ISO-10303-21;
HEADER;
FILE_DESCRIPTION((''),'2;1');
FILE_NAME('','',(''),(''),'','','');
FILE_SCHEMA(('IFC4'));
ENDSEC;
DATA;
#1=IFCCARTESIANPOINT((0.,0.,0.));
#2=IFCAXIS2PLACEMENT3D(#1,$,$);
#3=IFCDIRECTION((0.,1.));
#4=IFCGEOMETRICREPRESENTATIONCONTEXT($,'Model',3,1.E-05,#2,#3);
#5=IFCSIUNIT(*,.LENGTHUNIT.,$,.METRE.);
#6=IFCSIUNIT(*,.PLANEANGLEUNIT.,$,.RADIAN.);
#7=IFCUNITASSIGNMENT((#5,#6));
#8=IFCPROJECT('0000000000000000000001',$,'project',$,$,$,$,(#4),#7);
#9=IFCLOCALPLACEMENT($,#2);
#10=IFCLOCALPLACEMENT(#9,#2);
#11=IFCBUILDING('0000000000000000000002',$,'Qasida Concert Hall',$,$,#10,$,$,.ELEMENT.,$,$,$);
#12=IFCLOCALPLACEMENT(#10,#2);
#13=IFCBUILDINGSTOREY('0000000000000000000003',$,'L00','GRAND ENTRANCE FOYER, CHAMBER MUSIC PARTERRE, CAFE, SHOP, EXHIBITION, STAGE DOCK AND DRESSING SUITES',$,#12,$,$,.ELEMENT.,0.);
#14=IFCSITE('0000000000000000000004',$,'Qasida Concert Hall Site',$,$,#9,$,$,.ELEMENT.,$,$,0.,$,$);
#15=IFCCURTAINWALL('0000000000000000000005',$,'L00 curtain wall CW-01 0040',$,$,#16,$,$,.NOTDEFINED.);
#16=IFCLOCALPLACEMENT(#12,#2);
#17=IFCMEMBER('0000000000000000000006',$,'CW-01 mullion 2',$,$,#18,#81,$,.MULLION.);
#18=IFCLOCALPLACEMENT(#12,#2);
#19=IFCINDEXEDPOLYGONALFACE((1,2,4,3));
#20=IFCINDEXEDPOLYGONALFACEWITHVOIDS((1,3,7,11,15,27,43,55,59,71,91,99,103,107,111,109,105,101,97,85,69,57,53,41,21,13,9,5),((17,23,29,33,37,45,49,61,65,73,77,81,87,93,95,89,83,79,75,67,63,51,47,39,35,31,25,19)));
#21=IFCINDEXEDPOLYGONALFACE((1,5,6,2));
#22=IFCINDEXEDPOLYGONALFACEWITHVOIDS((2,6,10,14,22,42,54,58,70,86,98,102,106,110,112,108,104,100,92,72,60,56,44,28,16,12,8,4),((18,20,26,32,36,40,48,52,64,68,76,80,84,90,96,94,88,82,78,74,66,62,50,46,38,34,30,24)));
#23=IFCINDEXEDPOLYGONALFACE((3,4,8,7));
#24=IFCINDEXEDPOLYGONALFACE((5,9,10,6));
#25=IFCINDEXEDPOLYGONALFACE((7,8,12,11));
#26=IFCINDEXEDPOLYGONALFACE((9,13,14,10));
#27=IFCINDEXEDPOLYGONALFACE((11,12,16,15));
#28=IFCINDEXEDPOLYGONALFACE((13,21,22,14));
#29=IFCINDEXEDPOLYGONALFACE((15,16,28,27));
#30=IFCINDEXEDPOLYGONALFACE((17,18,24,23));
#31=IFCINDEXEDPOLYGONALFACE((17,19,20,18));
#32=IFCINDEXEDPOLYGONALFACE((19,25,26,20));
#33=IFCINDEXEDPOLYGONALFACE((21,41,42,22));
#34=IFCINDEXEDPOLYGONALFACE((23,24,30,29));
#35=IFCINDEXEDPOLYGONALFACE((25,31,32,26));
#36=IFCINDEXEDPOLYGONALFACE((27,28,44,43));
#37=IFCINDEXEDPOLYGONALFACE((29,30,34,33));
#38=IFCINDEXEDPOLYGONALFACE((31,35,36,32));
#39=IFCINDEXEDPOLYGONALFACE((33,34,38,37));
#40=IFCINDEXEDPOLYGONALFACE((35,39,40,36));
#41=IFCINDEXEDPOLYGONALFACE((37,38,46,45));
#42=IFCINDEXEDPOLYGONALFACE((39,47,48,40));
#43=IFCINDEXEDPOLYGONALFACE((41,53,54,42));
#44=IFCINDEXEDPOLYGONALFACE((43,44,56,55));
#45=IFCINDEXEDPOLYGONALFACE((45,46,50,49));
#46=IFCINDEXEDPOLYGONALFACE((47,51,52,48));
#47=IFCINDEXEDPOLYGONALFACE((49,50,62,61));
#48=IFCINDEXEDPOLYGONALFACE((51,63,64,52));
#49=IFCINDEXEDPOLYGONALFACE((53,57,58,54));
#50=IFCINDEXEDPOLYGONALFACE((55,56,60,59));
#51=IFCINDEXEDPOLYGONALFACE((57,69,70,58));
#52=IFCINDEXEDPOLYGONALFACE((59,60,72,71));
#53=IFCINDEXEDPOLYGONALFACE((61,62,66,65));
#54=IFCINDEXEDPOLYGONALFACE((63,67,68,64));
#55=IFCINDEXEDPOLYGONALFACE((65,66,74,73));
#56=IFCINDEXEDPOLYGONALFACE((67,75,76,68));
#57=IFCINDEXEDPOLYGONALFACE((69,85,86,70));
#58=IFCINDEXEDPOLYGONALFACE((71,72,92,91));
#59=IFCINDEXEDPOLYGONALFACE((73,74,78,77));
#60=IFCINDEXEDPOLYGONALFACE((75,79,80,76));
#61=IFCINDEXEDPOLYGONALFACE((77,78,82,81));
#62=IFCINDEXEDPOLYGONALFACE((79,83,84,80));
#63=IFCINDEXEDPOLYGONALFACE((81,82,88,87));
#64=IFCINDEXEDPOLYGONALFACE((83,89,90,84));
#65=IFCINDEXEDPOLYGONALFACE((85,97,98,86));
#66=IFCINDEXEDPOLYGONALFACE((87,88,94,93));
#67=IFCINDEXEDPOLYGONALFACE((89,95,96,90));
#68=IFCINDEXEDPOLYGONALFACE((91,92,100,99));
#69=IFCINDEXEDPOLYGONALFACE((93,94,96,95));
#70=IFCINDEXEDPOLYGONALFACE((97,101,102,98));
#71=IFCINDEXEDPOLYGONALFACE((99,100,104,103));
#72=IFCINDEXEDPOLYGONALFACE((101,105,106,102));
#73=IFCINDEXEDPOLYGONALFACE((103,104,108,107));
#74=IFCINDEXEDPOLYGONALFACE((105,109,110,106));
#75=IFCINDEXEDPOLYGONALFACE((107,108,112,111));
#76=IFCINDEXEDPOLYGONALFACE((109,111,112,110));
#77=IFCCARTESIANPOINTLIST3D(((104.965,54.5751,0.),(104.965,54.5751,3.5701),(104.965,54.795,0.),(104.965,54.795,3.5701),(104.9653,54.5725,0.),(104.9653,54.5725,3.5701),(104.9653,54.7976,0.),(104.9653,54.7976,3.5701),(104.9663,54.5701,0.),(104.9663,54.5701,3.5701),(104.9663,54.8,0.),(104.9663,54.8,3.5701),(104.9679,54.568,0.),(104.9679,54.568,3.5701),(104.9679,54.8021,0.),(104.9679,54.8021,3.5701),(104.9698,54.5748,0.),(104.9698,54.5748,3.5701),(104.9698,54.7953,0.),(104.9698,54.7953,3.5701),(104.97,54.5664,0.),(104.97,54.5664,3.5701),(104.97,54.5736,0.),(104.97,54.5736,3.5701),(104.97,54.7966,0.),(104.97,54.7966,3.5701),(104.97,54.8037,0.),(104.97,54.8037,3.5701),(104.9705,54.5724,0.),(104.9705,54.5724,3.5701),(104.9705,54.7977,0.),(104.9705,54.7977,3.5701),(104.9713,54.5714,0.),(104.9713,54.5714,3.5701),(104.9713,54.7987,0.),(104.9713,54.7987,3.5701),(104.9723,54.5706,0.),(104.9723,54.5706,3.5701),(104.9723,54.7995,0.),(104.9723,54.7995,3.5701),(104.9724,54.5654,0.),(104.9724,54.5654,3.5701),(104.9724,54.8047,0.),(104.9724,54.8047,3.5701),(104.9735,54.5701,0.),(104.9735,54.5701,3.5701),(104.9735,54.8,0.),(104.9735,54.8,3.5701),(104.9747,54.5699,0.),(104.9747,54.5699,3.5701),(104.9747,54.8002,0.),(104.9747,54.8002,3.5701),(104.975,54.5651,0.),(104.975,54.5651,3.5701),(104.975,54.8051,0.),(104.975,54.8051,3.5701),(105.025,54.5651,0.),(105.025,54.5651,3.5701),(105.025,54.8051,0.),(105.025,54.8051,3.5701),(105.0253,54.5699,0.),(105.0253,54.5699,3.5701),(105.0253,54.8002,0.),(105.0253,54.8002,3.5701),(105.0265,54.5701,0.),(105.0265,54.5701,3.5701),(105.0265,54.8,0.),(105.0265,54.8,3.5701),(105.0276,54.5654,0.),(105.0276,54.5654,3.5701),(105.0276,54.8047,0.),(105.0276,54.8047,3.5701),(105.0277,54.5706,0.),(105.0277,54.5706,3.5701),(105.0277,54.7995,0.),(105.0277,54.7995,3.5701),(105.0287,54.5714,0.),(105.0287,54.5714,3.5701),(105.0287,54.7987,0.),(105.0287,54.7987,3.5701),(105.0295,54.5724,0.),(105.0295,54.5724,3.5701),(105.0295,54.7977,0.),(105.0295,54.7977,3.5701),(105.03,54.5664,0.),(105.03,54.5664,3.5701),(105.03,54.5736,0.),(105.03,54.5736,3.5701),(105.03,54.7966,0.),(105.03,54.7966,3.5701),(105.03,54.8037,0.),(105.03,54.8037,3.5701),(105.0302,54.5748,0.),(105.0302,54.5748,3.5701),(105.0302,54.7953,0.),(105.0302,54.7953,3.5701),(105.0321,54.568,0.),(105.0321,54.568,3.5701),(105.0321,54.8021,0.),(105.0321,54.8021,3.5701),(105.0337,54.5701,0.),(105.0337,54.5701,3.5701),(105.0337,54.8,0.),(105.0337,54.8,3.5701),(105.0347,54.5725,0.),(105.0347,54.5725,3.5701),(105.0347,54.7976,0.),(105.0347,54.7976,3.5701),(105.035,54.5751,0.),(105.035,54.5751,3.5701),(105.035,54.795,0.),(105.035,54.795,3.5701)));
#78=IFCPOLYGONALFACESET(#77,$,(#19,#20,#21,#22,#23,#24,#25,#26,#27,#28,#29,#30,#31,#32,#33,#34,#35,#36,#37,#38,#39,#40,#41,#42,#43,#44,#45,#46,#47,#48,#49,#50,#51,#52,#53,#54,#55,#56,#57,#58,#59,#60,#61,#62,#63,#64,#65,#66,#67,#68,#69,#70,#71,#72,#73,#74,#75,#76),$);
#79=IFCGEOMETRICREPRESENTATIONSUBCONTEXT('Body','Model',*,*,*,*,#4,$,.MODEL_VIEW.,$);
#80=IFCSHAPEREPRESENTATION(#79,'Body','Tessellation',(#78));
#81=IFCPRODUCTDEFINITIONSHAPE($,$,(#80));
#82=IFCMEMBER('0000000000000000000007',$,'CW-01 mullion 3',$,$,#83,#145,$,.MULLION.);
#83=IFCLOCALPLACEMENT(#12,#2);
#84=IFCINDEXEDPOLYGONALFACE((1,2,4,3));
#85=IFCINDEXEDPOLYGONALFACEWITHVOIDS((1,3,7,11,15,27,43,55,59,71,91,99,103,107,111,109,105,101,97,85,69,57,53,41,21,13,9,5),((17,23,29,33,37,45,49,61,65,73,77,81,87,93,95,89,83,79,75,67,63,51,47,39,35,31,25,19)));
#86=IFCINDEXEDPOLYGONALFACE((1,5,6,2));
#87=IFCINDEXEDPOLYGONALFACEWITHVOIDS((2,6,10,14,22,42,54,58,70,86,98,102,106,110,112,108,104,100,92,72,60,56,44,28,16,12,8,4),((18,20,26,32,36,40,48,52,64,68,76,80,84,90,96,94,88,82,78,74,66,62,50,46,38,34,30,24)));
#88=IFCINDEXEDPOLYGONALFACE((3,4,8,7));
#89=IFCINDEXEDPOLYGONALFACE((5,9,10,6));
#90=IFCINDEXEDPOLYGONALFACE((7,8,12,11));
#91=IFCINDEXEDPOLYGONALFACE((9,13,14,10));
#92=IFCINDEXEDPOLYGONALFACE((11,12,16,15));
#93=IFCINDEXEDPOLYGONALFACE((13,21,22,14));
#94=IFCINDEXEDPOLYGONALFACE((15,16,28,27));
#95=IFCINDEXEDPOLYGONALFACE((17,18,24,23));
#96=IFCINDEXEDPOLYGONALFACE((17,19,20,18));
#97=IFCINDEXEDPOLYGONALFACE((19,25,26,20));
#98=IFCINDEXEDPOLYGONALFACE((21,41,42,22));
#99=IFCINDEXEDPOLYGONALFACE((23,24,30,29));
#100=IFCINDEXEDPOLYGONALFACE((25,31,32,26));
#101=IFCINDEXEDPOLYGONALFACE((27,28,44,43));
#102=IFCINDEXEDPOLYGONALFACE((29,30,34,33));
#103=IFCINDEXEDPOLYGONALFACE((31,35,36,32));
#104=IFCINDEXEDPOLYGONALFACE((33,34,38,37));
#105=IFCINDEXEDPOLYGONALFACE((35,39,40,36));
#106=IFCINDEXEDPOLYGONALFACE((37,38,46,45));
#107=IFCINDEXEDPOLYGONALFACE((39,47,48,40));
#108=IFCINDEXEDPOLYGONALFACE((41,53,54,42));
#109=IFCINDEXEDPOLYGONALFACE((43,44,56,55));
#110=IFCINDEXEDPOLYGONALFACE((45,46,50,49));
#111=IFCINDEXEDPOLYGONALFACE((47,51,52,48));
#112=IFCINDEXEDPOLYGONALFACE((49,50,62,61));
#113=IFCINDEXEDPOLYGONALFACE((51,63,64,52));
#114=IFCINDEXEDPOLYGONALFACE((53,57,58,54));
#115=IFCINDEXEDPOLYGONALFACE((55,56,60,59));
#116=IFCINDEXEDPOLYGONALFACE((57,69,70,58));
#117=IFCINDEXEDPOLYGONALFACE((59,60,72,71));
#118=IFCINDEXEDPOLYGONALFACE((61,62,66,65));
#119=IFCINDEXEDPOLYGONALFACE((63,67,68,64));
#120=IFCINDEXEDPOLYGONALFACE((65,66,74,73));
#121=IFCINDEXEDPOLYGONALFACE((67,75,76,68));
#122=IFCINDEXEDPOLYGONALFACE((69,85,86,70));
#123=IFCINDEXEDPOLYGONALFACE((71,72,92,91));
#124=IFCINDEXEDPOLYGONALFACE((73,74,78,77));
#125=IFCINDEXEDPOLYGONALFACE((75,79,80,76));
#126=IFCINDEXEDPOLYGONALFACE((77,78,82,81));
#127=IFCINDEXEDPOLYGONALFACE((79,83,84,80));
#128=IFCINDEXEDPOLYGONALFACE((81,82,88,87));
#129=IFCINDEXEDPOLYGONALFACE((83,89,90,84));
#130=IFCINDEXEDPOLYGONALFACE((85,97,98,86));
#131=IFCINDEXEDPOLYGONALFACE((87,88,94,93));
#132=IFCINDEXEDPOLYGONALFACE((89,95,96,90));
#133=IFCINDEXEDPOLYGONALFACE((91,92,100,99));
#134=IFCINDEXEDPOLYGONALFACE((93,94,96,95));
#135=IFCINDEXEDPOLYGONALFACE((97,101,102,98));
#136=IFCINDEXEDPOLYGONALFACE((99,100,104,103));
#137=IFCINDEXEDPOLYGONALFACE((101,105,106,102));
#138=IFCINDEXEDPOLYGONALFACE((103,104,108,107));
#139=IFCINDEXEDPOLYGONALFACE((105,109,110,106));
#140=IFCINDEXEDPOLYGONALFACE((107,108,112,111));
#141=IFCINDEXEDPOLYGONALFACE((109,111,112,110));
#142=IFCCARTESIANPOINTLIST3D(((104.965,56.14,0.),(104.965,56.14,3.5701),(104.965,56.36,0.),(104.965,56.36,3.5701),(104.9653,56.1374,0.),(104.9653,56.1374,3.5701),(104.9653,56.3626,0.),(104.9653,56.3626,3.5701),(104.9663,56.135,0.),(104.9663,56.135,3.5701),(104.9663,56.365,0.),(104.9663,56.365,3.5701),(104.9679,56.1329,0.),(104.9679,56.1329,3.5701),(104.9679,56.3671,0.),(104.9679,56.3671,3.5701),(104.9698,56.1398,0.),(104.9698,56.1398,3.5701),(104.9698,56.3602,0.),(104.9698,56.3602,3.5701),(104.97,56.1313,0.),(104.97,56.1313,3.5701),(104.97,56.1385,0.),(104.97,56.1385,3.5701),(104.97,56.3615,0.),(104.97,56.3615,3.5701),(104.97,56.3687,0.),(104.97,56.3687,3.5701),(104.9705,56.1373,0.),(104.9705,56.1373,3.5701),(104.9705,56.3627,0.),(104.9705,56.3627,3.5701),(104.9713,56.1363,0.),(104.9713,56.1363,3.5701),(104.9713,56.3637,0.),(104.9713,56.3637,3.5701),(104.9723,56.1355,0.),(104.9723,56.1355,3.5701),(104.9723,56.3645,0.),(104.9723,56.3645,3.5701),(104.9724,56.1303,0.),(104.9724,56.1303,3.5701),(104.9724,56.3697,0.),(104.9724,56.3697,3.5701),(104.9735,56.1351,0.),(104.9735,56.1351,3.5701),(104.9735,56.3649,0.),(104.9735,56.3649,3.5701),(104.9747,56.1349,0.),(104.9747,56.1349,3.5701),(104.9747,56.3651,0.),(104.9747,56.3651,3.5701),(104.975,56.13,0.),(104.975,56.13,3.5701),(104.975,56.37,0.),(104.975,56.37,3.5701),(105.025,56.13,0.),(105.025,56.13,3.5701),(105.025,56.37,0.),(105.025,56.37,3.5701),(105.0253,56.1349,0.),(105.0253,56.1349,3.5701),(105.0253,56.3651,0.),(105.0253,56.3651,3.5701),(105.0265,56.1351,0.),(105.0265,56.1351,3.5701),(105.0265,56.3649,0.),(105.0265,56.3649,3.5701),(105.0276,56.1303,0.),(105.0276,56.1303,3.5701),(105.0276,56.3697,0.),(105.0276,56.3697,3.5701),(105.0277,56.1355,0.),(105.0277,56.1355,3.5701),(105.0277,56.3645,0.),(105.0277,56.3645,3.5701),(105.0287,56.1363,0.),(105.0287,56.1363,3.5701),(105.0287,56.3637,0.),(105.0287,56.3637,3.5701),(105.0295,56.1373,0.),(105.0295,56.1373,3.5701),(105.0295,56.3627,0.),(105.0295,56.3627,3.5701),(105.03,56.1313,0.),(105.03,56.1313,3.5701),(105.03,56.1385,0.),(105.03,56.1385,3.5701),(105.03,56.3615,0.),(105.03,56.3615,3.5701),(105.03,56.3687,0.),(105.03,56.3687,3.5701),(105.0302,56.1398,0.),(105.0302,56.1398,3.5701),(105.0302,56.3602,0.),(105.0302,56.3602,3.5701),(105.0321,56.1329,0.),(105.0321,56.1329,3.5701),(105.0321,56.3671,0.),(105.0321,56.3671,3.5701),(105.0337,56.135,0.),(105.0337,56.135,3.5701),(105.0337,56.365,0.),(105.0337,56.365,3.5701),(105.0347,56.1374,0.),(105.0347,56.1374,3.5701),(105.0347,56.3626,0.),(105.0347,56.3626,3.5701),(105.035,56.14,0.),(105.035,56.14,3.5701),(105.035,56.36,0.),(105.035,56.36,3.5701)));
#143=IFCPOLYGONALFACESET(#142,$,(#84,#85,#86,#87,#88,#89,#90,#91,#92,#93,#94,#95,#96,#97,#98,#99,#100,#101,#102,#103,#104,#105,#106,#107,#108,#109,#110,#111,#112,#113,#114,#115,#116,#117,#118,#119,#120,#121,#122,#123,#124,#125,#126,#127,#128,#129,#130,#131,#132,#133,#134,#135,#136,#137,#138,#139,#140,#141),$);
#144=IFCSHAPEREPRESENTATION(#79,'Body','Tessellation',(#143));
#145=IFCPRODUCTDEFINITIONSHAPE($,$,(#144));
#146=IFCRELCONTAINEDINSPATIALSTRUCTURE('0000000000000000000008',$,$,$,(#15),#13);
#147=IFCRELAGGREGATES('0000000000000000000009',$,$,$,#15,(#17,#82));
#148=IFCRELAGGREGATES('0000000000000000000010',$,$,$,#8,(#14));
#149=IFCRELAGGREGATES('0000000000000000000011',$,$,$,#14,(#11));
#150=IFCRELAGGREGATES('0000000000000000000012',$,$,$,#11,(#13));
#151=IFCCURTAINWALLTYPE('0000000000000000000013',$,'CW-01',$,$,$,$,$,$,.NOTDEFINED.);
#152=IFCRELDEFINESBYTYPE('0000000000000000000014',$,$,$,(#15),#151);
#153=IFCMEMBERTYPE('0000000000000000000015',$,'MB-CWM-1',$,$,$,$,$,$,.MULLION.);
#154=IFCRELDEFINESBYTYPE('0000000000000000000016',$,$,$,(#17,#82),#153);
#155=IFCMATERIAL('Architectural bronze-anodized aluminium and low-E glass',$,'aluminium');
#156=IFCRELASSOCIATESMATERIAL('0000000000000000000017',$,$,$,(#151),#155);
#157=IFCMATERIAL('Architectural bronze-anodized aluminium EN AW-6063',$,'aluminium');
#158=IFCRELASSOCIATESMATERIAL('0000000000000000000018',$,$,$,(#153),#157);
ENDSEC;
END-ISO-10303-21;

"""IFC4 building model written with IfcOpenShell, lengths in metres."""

from ifc_helpers import new_model, si_unit, direction, frame, origin, origin_2d, place, context, subcontext, project, spatial, hollow_rectangle, extrude, material, material_profile, profile_set, type_object, element, aggregate, save


model = new_model("IFC4")

# Units and contexts
model_context = context("Model", 3, precision=1e-05, world=origin(), true_north=direction((0.0, 1.0)))
body_context = subcontext(model_context, "Body", "Model", "MODEL_VIEW")
ifc_project = project(units=[si_unit("LENGTHUNIT", "METRE"), si_unit("PLANEANGLEUNIT", "RADIAN")], contexts=[model_context])

# Site, building, storey
site_placement = place(None, origin())
site = spatial("IfcSite", under=ifc_project, at=site_placement, Name="Qasida Concert Hall Site", CompositionType="ELEMENT", RefElevation=0.0)
building_placement = place(site_placement, origin())
building = spatial("IfcBuilding", under=site, at=building_placement, Name="Qasida Concert Hall", CompositionType="ELEMENT")
storey_placement = place(building_placement, origin())
storey = spatial("IfcBuildingStorey", under=building, at=storey_placement, Name="L00", Description="GRAND ENTRANCE FOYER, CHAMBER MUSIC PARTERRE, CAFE, SHOP, EXHIBITION, STAGE DOCK AND DRESSING SUITES", CompositionType="ELEMENT", Elevation=0.0)

# Curtain wall, members
ifc_material_1 = material(Name="Architectural bronze-anodized aluminium and low-E glass", Category="aluminium")
curtain_wall_type = type_object("IfcCurtainWallType", Name="CW-01", PredefinedType="NOTDEFINED", material=ifc_material_1)
curtain_wall_placement = place(storey_placement, origin())
curtain_wall = element("IfcCurtainWall", 1, at=curtain_wall_placement, inside=storey, type_object=curtain_wall_type, Name="L00 curtain wall CW-01 0040", PredefinedType="NOTDEFINED")
ifc_material_2 = material(Name="Architectural bronze-anodized aluminium EN AW-6063", Category="aluminium")
ifc_material_profile_1 = material_profile(ifc_material_2, hollow_rectangle(XDim=0.0701, YDim=0.24, WallThickness=0.0049, InnerFilletRadius=0.0049, OuterFilletRadius=0.01, at=origin_2d()), Name="CWM 240x70x5")
ifc_profile_set_1 = profile_set([ifc_material_profile_1], Name="Architectural bronze-anodized aluminium EN AW-6063")
member_type_1 = type_object("IfcMemberType", Name="MB-CWM-1", PredefinedType="MULLION", material=ifc_profile_set_1)
member_1_placement = place(storey_placement, frame((105.0, 54.6851, 0.0), z_axis=(0.0, 0.0, 1.0), x_axis=(-1.0, 0.0, 0.0)))
member_1 = element("IfcMember", 2, at=member_1_placement, type_object=member_type_1, Name="CW-01 mullion 2", PredefinedType="MULLION", context=body_context, shape_type="SweptSolid", body=[
    extrude(hollow_rectangle(XDim=0.0701, YDim=0.24, WallThickness=0.0049, InnerFilletRadius=0.0049, OuterFilletRadius=0.01, at=origin_2d()), origin(), (0.0, 0.0, 1.0), 3.5701),
])
member_2_placement = place(storey_placement, frame((105.0, 56.25, 0.0), z_axis=(0.0, 0.0, 1.0), x_axis=(-1.0, 0.0, 0.0)))
member_2 = element("IfcMember", 3, at=member_2_placement, type_object=member_type_1, Name="CW-01 mullion 3", PredefinedType="MULLION", context=body_context, shape_type="SweptSolid", body=[
    extrude(hollow_rectangle(XDim=0.0701, YDim=0.24, WallThickness=0.0049, InnerFilletRadius=0.0049, OuterFilletRadius=0.01, at=origin_2d()), origin(), (0.0, 0.0, 1.0), 3.5701),
])
aggregate(curtain_wall, [member_1, member_2])

save(model, "model.ifc")
